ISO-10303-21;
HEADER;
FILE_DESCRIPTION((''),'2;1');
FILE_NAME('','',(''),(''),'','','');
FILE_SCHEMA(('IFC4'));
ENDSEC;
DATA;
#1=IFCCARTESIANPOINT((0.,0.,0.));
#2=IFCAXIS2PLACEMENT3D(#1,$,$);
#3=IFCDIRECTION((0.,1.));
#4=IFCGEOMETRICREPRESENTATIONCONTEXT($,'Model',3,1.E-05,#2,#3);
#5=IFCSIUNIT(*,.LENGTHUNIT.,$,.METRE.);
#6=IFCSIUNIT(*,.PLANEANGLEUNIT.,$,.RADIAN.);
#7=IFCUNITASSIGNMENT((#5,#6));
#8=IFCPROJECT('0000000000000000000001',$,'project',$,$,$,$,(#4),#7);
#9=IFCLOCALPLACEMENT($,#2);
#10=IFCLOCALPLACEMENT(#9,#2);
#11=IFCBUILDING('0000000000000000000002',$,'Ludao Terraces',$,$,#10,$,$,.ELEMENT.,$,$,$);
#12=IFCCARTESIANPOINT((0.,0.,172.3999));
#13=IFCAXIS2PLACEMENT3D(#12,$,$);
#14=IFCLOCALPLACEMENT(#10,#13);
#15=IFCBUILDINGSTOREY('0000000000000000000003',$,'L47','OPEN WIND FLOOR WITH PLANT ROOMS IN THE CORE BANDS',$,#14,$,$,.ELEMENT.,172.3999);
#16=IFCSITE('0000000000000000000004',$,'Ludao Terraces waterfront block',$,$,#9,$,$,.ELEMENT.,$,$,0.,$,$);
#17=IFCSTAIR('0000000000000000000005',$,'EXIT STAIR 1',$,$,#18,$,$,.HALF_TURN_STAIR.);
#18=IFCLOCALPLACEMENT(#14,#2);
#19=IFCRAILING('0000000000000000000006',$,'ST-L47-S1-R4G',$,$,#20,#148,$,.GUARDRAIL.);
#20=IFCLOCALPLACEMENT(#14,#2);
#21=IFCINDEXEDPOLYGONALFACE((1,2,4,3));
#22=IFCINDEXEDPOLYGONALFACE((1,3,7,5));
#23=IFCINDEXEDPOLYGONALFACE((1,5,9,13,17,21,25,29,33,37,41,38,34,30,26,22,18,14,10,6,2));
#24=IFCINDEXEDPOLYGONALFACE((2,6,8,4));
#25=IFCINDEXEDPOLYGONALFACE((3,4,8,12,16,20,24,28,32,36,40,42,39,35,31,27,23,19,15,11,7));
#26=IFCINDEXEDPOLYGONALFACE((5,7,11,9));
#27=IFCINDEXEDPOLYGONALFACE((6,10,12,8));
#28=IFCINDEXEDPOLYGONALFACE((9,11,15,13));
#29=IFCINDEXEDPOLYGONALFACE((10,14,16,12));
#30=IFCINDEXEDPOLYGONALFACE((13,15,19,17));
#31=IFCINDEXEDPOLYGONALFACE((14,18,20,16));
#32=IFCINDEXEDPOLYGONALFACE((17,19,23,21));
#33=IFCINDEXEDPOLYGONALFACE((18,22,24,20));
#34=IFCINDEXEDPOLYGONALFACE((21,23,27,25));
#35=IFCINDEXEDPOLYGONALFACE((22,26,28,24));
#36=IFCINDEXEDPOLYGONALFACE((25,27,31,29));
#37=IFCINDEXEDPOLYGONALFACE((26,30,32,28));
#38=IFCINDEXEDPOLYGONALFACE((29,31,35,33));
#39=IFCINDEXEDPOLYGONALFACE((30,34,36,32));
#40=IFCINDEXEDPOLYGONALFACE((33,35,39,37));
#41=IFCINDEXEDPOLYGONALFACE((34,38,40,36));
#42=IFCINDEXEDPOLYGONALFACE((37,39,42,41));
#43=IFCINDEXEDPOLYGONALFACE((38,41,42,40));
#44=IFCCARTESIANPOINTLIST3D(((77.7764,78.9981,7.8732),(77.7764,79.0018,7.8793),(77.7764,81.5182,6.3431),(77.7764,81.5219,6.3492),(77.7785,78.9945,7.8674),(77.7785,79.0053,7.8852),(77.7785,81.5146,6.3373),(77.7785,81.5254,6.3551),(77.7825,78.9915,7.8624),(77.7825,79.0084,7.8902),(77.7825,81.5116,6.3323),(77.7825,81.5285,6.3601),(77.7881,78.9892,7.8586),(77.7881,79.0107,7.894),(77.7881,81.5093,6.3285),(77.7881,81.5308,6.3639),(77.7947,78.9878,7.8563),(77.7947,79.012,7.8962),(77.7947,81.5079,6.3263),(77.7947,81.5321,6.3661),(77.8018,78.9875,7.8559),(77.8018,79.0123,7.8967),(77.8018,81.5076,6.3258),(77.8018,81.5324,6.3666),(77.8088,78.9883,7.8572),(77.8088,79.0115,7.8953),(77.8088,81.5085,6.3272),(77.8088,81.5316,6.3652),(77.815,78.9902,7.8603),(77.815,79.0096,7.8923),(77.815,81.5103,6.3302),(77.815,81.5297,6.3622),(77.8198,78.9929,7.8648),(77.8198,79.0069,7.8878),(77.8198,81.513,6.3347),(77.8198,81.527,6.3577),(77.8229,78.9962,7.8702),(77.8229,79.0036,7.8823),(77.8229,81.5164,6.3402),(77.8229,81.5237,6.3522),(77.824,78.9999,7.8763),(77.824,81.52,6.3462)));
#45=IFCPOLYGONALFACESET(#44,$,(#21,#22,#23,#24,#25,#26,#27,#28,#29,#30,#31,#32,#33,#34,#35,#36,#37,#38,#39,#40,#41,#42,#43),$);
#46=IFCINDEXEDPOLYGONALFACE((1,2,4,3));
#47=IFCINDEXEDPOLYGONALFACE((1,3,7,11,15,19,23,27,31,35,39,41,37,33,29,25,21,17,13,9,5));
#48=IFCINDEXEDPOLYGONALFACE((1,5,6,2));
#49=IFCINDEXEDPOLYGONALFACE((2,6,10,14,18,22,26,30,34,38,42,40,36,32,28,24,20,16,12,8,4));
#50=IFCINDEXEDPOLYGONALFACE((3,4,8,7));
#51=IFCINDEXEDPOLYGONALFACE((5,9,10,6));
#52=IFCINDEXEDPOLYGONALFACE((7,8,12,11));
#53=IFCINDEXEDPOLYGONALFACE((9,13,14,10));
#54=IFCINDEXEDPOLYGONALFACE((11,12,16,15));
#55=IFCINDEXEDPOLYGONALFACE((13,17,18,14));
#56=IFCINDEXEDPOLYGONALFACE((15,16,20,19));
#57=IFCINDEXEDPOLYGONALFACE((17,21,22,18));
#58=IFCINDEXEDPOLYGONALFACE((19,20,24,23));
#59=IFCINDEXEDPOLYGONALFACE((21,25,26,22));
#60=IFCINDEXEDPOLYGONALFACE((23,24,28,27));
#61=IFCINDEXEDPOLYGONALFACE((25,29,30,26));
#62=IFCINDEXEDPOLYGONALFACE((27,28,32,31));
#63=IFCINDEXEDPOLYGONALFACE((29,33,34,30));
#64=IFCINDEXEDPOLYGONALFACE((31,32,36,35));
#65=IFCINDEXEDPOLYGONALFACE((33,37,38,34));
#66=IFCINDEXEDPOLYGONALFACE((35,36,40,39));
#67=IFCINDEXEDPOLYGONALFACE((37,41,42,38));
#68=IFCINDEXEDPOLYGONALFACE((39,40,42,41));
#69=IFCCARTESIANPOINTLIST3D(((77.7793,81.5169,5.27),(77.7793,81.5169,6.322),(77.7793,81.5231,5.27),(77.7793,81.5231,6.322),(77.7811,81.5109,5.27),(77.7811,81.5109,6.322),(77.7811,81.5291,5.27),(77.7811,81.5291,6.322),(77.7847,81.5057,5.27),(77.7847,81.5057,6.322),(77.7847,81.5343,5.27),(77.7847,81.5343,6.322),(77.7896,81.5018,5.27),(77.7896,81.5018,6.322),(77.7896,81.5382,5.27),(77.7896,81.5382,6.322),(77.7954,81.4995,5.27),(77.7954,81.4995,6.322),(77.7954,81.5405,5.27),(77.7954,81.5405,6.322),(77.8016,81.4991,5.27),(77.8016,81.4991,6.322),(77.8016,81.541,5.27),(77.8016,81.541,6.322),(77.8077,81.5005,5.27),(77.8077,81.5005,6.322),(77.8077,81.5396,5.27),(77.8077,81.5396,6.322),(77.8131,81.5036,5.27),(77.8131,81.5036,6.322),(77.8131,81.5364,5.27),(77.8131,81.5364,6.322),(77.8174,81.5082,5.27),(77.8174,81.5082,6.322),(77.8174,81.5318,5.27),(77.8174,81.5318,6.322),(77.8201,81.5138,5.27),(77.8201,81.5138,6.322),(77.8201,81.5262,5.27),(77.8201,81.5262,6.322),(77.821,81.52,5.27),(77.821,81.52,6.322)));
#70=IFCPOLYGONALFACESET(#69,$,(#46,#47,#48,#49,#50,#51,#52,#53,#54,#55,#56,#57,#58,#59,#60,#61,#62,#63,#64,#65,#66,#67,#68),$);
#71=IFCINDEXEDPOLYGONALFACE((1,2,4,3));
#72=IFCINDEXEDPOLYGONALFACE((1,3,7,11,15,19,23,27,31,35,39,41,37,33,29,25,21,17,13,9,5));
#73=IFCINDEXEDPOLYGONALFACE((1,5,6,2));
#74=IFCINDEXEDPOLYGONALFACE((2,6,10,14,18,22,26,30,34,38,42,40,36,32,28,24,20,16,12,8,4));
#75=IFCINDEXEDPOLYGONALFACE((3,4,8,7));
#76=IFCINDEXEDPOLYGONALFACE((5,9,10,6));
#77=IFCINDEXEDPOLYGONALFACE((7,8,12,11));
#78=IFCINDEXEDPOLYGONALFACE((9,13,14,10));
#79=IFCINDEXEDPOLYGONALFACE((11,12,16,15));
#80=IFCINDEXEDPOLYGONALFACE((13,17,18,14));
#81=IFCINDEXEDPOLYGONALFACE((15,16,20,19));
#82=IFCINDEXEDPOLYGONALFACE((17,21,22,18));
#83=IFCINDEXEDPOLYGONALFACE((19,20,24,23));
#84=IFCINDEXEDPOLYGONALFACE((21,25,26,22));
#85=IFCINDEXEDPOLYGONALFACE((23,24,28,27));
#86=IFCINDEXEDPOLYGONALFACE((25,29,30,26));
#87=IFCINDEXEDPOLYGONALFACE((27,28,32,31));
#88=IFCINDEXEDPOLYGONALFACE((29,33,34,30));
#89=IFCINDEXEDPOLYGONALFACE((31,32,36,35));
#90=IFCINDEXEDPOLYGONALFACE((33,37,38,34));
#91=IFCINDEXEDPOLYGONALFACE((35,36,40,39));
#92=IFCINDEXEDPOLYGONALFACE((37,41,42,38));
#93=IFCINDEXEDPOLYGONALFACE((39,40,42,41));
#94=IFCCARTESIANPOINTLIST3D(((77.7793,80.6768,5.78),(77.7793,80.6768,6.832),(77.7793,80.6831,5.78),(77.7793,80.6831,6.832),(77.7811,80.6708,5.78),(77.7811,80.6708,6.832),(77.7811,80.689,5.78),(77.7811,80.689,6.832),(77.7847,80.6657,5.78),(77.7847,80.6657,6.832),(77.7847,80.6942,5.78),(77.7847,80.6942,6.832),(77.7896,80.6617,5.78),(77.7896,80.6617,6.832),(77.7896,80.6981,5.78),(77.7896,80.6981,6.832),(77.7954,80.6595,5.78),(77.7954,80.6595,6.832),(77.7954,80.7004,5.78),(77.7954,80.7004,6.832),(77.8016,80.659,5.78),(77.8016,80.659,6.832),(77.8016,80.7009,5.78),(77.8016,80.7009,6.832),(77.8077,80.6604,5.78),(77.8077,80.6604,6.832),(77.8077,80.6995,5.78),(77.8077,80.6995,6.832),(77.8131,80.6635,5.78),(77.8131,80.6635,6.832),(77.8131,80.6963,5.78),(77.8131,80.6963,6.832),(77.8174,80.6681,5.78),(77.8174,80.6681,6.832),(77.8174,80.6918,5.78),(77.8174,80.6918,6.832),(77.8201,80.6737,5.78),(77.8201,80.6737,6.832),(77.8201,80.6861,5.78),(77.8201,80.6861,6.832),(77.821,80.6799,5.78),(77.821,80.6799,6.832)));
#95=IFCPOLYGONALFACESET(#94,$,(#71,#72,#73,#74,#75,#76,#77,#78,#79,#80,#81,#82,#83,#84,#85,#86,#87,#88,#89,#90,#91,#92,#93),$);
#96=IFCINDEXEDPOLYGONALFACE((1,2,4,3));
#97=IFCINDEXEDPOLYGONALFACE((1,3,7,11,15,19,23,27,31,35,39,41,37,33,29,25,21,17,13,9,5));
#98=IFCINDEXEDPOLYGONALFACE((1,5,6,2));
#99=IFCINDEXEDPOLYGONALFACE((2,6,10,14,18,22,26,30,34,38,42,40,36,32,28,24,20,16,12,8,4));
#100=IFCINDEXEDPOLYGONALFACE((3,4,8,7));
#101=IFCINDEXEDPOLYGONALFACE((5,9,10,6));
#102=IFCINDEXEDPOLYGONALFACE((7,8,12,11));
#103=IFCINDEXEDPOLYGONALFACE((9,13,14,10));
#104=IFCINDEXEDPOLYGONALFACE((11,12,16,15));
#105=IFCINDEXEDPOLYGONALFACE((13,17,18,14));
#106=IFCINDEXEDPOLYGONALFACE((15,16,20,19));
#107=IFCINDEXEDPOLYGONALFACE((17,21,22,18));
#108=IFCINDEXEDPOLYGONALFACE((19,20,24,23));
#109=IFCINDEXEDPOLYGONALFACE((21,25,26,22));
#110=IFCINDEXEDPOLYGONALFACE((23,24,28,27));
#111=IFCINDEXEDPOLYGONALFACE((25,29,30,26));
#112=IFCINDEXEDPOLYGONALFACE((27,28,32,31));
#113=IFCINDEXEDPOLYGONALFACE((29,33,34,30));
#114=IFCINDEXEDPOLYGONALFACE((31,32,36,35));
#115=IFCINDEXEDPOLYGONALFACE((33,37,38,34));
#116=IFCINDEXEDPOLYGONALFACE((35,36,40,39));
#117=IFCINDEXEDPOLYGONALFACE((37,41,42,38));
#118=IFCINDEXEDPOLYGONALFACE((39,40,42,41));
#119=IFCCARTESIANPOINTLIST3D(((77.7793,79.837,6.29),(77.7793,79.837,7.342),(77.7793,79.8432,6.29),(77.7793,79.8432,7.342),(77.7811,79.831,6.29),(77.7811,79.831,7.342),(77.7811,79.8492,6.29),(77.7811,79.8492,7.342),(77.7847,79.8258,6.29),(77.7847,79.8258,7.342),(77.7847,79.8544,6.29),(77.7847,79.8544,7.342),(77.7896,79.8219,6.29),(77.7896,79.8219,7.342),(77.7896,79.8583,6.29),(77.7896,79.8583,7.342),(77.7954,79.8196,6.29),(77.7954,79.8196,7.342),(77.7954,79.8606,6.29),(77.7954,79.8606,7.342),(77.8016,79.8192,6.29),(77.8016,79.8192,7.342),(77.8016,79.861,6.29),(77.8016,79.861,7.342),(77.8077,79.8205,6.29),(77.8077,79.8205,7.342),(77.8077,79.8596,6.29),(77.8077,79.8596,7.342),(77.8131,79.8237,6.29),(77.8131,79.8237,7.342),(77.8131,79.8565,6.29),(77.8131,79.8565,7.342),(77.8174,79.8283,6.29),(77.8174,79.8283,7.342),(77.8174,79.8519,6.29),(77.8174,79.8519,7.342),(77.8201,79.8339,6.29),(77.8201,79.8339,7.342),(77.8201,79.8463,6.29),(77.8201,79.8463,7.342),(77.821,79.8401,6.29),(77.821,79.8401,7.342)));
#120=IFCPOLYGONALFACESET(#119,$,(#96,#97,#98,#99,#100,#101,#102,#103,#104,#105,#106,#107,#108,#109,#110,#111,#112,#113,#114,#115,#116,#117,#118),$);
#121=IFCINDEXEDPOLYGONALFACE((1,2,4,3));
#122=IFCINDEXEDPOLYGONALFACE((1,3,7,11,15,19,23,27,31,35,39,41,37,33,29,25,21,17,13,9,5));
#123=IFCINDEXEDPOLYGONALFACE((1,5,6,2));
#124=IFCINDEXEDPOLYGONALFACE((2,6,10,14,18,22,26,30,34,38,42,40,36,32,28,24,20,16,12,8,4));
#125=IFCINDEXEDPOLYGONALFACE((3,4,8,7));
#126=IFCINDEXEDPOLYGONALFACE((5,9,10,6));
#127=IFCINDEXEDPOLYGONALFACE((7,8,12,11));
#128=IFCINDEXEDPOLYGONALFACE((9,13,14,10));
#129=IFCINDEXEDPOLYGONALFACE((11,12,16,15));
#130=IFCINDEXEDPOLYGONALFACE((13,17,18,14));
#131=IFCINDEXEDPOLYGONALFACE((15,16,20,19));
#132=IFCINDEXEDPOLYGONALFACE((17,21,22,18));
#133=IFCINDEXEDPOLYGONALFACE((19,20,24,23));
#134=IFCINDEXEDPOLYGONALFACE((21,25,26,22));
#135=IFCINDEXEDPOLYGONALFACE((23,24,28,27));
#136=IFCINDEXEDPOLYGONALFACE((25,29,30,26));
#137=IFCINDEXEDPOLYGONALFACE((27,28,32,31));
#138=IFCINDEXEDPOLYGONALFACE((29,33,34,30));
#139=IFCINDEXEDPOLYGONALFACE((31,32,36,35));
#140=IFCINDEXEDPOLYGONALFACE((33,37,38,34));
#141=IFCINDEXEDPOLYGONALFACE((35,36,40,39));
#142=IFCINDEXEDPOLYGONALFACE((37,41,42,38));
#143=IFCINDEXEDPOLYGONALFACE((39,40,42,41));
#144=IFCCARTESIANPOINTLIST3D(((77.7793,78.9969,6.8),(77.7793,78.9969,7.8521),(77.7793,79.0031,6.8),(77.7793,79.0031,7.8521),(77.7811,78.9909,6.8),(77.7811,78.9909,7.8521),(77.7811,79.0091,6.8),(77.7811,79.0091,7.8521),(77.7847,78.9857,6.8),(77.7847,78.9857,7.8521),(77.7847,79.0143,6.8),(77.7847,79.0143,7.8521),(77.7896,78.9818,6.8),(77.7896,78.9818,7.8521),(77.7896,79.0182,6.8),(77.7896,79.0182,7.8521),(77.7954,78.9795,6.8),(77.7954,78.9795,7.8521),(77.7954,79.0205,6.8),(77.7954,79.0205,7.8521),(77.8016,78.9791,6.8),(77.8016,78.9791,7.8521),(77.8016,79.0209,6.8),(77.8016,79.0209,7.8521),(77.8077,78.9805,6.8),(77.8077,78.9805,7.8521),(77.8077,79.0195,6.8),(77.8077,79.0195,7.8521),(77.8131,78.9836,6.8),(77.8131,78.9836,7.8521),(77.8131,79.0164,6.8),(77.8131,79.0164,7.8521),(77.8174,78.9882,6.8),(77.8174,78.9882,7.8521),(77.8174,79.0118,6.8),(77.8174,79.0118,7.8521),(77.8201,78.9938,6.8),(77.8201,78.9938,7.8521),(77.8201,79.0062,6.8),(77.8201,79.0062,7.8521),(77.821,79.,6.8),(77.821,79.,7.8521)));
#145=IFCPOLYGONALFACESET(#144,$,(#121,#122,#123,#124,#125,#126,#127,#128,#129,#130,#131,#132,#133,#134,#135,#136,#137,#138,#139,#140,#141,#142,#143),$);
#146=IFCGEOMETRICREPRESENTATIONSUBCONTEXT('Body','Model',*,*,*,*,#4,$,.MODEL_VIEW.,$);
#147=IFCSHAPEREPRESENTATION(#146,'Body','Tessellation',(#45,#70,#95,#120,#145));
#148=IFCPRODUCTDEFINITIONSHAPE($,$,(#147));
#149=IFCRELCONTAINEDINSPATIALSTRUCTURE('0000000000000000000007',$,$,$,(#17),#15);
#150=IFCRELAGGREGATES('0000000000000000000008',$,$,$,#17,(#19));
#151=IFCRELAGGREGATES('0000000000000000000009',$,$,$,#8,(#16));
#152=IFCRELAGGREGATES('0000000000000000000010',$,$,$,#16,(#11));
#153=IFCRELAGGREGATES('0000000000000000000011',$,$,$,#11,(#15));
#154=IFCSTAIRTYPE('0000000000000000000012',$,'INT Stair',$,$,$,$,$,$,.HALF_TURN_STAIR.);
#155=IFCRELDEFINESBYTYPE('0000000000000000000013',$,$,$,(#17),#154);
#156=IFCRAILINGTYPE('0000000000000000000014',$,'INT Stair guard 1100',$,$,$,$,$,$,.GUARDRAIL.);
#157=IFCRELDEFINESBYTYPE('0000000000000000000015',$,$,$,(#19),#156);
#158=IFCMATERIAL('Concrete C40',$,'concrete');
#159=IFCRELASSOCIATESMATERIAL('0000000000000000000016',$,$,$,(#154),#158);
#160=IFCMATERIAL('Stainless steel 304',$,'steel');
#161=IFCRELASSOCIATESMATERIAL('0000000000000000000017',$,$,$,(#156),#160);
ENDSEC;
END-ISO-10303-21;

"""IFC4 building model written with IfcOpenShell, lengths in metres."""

from ifc_helpers import new_model, si_unit, direction, frame, origin, origin_2d, place, context, subcontext, project, spatial, circle, extrude, material, type_object, element, aggregate, save


model = new_model("IFC4")

# Units and contexts
model_context = context("Model", 3, precision=1e-05, world=origin(), true_north=direction((0.0, 1.0)))
body_context = subcontext(model_context, "Body", "Model", "MODEL_VIEW")
ifc_project = project(units=[si_unit("LENGTHUNIT", "METRE"), si_unit("PLANEANGLEUNIT", "RADIAN")], contexts=[model_context])

# Site, building, storey
site_placement = place(None, origin())
site = spatial("IfcSite", under=ifc_project, at=site_placement, Name="Ludao Terraces waterfront block", CompositionType="ELEMENT", RefElevation=0.0)
building_placement = place(site_placement, origin())
building = spatial("IfcBuilding", under=site, at=building_placement, Name="Ludao Terraces", CompositionType="ELEMENT")
storey_placement = place(building_placement, frame((0.0, 0.0, 172.3999)))
storey = spatial("IfcBuildingStorey", under=building, at=storey_placement, Name="L47", Description="OPEN WIND FLOOR WITH PLANT ROOMS IN THE CORE BANDS", CompositionType="ELEMENT", Elevation=172.3999)

# Shared definitions
ifc_material_1 = material(Name="Stainless steel 304", Category="steel")

# Stair, railing
ifc_material_2 = material(Name="Concrete C40", Category="concrete")
stair_type = type_object("IfcStairType", Name="INT Stair", PredefinedType="HALF_TURN_STAIR", material=ifc_material_2)
stair_placement = place(storey_placement, origin())
stair = element("IfcStair", 1, at=stair_placement, inside=storey, type_object=stair_type, Name="EXIT STAIR 1", PredefinedType="HALF_TURN_STAIR")
railing_type_1 = type_object("IfcRailingType", Name="INT Stair guard 1100", PredefinedType="GUARDRAIL", material=ifc_material_1)
railing_1_placement = place(storey_placement, frame((77.8, 81.52, 5.27)))
railing_1 = element("IfcRailing", 2, at=railing_1_placement, type_object=railing_type_1, Name="ST-L47-S1-R4G", PredefinedType="GUARDRAIL", context=body_context, shape_type="SweptSolid", body=[
    extrude(circle(Radius=0.0239, at=origin_2d()), frame((0.0, 0.0, 1.0762), z_axis=(0.0, -0.854785, 0.518982), x_axis=(1.0, 0.0, 0.0)), (0.0, 0.0, 1.0), 2.9482),
    extrude(circle(Radius=0.021, at=origin_2d()), origin(), (0.0, 0.0, 1.0), 1.052),
    extrude(circle(Radius=0.021, at=origin_2d()), frame((0.0, -0.8401, 0.51)), (0.0, 0.0, 1.0), 1.052),
    extrude(circle(Radius=0.021, at=origin_2d()), frame((0.0, -1.6799, 1.02)), (0.0, 0.0, 1.0), 1.052),
    extrude(circle(Radius=0.021, at=origin_2d()), frame((0.0, -2.52, 1.53)), (0.0, 0.0, 1.0), 1.052),
])
aggregate(stair, [railing_1])

save(model, "model.ifc")
